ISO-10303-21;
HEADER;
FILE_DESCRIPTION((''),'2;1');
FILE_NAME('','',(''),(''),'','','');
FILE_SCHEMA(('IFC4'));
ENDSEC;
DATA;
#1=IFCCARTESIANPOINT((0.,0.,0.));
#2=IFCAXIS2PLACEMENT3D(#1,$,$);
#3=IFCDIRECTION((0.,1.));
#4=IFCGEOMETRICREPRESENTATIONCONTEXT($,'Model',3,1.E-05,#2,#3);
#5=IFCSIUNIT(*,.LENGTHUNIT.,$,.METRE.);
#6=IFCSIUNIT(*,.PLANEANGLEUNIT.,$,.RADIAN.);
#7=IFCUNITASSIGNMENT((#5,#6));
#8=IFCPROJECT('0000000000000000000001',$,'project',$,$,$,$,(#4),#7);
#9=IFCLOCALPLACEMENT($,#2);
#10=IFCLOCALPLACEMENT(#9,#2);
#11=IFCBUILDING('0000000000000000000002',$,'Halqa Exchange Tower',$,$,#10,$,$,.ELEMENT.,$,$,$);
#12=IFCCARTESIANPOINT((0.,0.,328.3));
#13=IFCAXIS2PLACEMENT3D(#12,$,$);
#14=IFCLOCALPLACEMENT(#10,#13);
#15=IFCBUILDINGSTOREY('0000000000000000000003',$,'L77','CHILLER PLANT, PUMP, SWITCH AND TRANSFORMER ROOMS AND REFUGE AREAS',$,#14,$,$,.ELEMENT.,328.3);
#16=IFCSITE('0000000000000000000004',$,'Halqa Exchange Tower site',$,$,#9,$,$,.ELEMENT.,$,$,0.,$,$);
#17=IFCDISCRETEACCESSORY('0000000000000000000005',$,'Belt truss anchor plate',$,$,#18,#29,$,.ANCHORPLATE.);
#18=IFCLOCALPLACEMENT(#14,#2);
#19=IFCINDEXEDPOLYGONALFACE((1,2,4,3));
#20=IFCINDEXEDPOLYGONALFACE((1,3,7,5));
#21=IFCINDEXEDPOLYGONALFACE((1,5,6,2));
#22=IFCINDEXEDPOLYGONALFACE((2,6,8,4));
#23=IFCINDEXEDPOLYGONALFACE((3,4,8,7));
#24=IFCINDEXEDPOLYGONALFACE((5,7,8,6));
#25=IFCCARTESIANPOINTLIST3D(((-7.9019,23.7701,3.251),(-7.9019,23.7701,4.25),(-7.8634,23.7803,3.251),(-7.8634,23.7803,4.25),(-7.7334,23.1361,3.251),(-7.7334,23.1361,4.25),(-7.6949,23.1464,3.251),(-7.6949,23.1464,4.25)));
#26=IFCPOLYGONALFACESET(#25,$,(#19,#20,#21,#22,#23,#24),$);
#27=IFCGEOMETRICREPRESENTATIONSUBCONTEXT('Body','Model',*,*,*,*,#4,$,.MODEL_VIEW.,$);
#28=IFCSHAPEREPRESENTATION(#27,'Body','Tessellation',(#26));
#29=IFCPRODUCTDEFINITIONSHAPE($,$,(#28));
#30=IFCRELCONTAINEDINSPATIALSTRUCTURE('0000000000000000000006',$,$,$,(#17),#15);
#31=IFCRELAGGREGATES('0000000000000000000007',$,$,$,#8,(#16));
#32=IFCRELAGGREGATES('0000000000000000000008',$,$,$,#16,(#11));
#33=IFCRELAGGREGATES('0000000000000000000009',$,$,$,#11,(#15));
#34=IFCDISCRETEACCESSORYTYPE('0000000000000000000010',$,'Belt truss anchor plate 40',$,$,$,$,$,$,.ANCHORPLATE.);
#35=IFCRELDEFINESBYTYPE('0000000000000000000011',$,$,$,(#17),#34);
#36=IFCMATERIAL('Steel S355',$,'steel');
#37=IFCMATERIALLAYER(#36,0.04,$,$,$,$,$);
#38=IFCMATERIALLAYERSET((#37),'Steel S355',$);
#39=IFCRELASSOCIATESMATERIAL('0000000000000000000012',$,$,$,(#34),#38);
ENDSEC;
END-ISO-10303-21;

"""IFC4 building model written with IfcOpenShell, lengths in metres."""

from ifc_helpers import new_model, si_unit, direction, frame, origin, origin_2d, place, context, subcontext, project, spatial, rectangle, extrude, material, layer, layer_set, type_object, element, save


model = new_model("IFC4")

# Units and contexts
model_context = context("Model", 3, precision=1e-05, world=origin(), true_north=direction((0.0, 1.0)))
body_context = subcontext(model_context, "Body", "Model", "MODEL_VIEW")
ifc_project = project(units=[si_unit("LENGTHUNIT", "METRE"), si_unit("PLANEANGLEUNIT", "RADIAN")], contexts=[model_context])

# Site, building, storey
site_placement = place(None, origin())
site = spatial("IfcSite", under=ifc_project, at=site_placement, Name="Halqa Exchange Tower site", CompositionType="ELEMENT", RefElevation=0.0)
building_placement = place(site_placement, origin())
building = spatial("IfcBuilding", under=site, at=building_placement, Name="Halqa Exchange Tower", CompositionType="ELEMENT")
storey_placement = place(building_placement, frame((0.0, 0.0, 328.3)))
storey = spatial("IfcBuildingStorey", under=building, at=storey_placement, Name="L77", Description="CHILLER PLANT, PUMP, SWITCH AND TRANSFORMER ROOMS AND REFUGE AREAS", CompositionType="ELEMENT", Elevation=328.3)

# Shared definitions
ifc_material_1 = material(Name="Steel S355", Category="steel")

# Discrete accessory
ifc_layer_1 = layer(ifc_material_1, 0.04)
ifc_layer_set_1 = layer_set([ifc_layer_1], Name="Steel S355")
discrete_accessory_type = type_object("IfcDiscreteAccessoryType", Name="Belt truss anchor plate 40", PredefinedType="ANCHORPLATE", material=ifc_layer_set_1)
discrete_accessory_1_placement = place(storey_placement, frame((-7.8176, 23.4531, 3.7505), z_axis=(0.966438, 0.256901, 0.0), x_axis=(-0.256901, 0.966438, 0.0)))
element("IfcDiscreteAccessory", 1, at=discrete_accessory_1_placement, inside=storey, type_object=discrete_accessory_type, Name="Belt truss anchor plate", PredefinedType="ANCHORPLATE", context=body_context, shape_type="SweptSolid", body=[
    extrude(rectangle(XDim=0.656, YDim=0.999, at=origin_2d()), origin(), (0.0, 0.0, 1.0), 0.0398),
])

save(model, "model.ifc")
